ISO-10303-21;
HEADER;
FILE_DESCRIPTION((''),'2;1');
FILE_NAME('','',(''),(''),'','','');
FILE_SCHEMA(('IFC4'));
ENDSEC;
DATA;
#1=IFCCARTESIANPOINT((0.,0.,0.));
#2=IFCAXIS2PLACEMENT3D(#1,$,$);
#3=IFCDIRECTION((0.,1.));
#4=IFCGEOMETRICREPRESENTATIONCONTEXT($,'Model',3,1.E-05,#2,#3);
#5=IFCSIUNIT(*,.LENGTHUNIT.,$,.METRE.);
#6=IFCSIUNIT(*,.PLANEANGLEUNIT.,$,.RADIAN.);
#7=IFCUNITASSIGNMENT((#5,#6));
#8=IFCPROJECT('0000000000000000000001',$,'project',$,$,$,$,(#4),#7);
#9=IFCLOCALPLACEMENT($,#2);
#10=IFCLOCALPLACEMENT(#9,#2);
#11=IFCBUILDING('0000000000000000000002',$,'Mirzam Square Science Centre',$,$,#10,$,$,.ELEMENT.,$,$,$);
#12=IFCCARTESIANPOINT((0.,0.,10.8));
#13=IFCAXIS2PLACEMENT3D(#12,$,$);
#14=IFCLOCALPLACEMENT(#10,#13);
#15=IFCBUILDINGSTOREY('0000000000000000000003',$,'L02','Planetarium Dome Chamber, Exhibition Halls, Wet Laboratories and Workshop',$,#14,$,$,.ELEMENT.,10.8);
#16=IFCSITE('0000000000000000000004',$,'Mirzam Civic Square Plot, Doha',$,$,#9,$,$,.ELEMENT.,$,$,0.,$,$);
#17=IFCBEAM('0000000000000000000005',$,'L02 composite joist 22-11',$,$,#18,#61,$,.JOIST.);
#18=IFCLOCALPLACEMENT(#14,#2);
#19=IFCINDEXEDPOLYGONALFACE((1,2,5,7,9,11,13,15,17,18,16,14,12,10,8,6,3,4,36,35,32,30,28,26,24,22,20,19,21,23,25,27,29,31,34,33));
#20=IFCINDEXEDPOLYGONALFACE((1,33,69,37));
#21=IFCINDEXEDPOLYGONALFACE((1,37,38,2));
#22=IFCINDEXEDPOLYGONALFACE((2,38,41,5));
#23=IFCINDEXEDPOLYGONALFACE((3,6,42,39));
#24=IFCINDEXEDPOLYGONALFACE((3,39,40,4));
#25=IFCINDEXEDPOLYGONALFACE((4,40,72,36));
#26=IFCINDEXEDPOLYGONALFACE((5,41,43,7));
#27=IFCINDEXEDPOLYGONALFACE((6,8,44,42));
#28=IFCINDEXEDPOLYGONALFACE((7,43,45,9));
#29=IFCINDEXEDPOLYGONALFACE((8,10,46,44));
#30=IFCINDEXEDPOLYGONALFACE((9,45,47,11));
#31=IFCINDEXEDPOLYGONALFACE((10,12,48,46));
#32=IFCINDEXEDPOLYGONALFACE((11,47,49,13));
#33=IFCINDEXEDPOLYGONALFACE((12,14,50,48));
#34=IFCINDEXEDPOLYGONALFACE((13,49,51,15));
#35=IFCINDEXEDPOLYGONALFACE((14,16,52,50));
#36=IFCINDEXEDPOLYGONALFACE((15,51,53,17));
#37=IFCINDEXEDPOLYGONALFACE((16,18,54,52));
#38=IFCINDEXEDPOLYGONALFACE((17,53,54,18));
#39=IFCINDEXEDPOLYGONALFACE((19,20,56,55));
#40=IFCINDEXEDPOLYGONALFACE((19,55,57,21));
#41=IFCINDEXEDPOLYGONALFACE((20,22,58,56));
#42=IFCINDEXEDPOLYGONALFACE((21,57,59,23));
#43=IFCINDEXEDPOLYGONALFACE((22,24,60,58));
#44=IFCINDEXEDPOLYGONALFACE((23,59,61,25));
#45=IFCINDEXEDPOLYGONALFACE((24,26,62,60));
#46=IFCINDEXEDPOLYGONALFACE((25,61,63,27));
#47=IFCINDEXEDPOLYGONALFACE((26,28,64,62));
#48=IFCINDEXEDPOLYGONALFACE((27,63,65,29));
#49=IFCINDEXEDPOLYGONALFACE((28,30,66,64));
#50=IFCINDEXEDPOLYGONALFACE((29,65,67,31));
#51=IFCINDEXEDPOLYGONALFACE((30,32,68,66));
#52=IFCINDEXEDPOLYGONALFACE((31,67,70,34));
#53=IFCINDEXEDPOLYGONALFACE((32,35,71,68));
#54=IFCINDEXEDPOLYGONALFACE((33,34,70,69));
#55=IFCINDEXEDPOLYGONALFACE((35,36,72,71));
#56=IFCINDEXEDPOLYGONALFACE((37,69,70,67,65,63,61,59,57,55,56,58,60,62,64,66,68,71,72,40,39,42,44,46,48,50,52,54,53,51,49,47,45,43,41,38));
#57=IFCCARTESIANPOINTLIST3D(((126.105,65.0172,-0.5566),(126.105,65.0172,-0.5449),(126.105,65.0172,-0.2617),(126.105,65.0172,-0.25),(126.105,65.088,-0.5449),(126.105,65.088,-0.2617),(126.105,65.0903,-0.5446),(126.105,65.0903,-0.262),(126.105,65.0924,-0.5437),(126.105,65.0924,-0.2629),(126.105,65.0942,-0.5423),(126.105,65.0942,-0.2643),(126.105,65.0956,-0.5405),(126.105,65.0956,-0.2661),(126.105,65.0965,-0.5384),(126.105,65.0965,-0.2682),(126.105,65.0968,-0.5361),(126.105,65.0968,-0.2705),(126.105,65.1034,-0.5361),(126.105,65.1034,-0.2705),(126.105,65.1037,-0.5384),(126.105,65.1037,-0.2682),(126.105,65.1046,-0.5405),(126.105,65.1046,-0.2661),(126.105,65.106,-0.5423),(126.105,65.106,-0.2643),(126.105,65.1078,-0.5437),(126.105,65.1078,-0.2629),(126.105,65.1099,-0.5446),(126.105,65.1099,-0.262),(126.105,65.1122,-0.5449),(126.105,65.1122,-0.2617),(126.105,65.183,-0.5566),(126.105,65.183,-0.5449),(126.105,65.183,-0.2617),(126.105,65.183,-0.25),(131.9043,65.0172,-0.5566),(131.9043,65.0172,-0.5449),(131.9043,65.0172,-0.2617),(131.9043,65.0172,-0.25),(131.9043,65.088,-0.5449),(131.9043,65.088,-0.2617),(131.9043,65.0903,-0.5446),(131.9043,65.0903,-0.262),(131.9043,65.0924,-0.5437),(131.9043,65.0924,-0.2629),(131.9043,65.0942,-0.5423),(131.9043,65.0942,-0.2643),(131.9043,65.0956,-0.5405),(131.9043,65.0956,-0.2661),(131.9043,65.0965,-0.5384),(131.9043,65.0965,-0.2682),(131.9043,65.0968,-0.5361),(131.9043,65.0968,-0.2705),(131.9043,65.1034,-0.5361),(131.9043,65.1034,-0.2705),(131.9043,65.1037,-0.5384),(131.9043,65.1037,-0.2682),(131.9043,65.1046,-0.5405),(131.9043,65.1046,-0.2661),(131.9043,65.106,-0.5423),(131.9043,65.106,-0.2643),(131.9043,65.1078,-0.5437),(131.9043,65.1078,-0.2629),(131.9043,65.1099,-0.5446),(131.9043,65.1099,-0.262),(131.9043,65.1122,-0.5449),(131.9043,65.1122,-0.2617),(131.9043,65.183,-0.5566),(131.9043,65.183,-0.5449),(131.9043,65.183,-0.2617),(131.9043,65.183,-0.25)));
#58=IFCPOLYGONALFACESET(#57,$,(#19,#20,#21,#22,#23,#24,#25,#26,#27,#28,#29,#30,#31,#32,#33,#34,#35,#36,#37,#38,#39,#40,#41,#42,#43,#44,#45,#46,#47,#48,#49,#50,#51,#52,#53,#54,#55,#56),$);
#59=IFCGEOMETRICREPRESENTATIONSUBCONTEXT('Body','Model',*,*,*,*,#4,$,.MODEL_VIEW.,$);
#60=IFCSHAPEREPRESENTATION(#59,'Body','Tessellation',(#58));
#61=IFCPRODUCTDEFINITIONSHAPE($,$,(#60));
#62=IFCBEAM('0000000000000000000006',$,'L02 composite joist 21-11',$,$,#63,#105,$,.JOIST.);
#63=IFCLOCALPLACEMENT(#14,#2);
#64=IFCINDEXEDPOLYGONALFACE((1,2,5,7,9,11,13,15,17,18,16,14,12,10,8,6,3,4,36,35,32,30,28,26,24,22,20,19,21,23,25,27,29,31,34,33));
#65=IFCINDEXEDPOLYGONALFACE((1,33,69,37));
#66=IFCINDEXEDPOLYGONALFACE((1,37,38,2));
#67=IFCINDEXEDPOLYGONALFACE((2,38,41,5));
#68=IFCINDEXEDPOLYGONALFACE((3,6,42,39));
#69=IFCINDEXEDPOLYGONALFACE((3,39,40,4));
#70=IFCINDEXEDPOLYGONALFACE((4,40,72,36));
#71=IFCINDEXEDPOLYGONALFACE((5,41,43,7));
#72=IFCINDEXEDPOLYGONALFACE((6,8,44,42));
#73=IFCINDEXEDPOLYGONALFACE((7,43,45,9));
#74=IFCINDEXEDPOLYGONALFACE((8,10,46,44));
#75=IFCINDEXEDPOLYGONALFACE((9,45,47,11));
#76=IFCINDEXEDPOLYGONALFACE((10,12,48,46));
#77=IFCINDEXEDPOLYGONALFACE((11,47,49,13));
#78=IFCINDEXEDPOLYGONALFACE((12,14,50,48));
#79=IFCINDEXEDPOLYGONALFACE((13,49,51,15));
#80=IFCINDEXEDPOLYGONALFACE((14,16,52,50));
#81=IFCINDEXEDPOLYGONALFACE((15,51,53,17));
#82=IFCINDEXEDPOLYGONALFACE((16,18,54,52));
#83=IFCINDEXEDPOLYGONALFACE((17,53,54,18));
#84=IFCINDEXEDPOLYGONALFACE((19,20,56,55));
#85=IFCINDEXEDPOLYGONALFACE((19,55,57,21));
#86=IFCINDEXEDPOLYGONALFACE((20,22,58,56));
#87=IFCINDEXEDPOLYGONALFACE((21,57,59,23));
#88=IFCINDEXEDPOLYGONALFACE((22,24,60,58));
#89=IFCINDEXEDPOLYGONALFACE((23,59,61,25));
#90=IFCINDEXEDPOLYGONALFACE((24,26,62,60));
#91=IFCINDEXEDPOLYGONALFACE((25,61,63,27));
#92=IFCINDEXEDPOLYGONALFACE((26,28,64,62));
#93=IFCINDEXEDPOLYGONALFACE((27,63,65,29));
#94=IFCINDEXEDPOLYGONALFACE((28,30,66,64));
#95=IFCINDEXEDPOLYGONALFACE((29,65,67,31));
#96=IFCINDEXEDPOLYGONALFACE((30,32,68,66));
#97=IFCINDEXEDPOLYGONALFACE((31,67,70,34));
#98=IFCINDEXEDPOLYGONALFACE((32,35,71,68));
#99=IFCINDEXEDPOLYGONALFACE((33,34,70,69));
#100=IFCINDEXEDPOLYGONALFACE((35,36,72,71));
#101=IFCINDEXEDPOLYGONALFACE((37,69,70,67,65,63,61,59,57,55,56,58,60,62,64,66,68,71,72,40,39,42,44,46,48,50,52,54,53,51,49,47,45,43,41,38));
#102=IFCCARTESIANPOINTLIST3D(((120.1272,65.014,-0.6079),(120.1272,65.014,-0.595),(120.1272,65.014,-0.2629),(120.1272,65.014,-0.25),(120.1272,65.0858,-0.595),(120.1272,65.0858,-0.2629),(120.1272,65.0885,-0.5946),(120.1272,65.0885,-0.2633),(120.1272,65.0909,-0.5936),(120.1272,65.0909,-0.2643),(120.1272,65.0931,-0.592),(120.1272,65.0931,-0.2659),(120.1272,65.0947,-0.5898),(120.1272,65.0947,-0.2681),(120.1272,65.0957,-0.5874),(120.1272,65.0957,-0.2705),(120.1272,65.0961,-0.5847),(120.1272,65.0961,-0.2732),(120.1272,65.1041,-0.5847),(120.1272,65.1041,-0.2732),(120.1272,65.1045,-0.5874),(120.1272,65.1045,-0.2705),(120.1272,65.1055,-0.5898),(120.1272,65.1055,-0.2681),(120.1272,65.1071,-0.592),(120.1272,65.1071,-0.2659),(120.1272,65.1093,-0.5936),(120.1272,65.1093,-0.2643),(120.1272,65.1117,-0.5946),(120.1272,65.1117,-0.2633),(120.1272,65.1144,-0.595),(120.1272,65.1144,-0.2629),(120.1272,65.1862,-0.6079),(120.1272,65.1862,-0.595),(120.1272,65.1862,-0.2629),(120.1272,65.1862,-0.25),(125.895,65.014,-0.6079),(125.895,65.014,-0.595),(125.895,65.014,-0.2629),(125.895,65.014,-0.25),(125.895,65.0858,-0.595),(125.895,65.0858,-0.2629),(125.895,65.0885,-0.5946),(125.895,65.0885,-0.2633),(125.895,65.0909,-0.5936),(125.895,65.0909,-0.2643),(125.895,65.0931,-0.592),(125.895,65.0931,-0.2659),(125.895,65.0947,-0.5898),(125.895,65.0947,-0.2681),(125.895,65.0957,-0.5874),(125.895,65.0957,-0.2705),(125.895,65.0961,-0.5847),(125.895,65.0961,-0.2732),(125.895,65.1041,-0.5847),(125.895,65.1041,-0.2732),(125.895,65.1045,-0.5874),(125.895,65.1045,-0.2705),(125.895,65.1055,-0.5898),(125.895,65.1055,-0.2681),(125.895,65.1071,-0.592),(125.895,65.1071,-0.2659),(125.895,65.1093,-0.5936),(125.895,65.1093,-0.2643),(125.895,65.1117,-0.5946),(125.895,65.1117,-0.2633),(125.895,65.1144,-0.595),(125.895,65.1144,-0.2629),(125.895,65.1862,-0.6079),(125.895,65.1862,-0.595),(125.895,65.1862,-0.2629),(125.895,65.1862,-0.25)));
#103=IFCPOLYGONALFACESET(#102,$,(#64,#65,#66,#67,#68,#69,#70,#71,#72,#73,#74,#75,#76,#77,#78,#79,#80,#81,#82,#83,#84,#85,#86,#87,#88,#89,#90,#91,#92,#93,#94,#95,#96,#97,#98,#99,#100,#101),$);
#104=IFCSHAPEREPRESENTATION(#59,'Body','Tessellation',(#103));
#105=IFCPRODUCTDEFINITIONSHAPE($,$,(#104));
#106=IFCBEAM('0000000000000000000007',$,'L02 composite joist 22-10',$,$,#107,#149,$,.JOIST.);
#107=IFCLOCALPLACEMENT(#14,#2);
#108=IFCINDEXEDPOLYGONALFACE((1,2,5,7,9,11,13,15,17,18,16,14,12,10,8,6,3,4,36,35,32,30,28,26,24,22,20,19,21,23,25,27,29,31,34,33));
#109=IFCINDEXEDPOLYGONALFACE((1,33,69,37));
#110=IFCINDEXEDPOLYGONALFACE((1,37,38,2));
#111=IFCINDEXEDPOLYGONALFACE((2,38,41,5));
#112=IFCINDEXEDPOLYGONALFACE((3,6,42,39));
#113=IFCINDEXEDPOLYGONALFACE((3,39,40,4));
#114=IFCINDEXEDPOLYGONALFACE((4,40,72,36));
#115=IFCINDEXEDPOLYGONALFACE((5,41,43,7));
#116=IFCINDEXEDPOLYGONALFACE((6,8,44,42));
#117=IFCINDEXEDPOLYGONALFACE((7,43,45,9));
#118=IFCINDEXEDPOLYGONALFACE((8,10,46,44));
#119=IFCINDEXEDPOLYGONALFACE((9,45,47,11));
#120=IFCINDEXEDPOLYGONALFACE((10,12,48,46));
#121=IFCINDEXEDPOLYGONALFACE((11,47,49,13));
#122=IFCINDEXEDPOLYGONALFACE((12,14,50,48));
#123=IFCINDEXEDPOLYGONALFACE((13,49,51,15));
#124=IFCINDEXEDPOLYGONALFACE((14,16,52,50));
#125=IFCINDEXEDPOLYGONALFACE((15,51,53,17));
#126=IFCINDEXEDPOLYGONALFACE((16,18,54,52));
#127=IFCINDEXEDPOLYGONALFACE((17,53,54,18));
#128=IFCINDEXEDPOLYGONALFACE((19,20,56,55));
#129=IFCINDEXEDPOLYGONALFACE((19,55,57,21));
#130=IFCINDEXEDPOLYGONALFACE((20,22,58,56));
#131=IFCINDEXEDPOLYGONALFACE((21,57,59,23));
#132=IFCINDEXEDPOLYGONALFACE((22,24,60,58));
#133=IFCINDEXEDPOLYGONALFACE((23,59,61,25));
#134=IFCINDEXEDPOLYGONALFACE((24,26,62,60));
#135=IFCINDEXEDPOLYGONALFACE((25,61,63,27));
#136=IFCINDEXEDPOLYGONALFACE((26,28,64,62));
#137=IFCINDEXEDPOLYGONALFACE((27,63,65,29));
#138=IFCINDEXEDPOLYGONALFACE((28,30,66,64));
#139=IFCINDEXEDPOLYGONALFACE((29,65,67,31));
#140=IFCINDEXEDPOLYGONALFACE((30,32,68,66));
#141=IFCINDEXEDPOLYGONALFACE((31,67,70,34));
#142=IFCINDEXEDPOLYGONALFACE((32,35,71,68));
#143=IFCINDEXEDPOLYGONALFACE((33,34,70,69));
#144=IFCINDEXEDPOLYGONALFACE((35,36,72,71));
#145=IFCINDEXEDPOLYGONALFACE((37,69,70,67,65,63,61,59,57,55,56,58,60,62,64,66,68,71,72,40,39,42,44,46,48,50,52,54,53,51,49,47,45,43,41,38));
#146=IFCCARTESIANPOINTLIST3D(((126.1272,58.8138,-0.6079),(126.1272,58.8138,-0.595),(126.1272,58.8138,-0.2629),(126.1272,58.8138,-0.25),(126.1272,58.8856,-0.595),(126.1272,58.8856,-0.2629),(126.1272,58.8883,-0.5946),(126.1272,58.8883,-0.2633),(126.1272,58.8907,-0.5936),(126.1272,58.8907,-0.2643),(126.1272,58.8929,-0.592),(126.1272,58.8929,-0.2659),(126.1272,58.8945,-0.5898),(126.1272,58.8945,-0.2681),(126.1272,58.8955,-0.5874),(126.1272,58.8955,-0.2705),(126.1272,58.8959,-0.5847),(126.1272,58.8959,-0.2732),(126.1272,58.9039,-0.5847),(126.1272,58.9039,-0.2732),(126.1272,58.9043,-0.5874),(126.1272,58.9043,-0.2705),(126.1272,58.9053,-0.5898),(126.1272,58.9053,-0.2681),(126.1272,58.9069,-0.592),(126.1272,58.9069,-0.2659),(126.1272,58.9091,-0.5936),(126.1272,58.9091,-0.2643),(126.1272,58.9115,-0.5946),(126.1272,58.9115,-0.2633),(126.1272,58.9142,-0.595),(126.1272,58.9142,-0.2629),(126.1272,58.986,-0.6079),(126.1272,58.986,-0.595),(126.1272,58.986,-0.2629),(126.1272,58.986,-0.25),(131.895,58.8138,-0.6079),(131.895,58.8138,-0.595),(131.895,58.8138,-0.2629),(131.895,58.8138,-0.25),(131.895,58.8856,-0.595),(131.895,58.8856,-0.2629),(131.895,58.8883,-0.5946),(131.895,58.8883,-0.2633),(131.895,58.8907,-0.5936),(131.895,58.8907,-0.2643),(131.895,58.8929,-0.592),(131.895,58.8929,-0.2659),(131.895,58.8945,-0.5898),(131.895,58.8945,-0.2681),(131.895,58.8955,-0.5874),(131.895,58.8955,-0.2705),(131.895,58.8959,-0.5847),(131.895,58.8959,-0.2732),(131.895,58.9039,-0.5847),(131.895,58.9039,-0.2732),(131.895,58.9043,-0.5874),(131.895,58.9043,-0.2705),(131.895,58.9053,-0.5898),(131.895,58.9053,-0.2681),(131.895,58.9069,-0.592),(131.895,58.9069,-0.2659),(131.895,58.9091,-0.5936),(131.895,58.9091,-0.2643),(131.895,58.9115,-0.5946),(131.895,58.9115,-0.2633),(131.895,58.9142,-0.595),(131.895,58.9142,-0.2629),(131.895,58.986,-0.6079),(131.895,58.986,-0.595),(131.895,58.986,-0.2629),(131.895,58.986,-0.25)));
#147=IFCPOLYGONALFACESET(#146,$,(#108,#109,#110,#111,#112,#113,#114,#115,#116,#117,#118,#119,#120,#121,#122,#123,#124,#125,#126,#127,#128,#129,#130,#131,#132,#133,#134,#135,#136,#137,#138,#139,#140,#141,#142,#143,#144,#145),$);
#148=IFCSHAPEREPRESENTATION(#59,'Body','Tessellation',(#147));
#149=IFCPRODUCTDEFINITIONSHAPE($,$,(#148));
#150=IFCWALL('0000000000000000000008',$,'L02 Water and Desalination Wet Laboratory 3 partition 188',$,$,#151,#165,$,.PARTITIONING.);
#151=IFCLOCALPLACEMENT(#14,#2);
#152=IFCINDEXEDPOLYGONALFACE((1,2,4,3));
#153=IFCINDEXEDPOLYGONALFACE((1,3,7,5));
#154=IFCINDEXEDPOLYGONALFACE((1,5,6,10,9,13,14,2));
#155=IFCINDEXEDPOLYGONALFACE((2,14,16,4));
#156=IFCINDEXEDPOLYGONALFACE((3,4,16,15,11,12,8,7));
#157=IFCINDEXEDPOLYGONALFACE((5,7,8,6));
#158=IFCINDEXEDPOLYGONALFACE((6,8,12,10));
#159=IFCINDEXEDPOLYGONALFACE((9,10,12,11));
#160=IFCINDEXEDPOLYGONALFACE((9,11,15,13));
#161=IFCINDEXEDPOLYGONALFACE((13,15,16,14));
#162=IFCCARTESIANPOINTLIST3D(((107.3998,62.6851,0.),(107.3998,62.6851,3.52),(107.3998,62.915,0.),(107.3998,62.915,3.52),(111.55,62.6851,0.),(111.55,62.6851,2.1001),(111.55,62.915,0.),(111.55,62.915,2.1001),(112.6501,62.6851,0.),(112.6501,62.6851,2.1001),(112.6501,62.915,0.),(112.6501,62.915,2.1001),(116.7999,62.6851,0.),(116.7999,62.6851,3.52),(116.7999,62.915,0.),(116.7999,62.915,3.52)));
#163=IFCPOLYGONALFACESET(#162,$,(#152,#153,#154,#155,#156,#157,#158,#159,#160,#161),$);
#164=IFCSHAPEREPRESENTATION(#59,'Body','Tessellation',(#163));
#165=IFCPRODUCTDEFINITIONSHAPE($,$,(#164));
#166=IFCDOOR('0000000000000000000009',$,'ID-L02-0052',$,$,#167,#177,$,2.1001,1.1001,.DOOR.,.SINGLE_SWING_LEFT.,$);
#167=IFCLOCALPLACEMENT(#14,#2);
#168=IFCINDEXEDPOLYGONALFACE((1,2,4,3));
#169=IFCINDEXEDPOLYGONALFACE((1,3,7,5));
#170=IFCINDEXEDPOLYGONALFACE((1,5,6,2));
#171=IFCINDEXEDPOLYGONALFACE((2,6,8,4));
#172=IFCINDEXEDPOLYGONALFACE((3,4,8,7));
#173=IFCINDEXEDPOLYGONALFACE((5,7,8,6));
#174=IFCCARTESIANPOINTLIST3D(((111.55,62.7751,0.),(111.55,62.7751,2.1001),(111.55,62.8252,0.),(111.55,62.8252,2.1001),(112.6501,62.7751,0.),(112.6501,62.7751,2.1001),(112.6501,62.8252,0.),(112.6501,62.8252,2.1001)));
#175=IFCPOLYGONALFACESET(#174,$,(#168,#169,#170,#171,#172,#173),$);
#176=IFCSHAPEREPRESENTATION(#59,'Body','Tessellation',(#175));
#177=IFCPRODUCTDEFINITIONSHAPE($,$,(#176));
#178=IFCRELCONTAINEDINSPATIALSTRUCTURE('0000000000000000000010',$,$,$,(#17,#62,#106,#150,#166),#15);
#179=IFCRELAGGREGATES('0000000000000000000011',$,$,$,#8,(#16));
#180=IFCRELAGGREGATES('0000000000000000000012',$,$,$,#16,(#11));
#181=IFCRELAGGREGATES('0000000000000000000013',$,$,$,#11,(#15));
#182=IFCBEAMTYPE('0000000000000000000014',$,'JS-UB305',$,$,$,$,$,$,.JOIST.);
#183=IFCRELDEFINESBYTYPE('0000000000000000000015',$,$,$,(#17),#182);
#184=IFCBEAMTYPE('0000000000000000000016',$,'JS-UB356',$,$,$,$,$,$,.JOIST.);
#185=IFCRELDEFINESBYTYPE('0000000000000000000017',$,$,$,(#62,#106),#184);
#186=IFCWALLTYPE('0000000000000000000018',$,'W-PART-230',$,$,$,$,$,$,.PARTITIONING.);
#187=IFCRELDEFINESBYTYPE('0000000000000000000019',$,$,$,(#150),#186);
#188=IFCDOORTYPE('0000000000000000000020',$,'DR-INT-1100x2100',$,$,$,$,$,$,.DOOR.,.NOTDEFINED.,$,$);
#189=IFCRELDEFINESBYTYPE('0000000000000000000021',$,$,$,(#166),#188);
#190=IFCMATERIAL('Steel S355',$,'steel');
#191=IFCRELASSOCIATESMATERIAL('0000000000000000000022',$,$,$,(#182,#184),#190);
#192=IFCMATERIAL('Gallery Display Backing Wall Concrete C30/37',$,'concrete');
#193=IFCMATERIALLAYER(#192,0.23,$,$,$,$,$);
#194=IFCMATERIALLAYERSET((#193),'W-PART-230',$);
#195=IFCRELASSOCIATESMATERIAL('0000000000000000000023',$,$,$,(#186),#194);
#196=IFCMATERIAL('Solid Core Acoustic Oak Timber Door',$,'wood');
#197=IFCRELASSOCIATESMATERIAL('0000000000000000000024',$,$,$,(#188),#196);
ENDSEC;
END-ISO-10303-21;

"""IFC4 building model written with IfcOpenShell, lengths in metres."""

from ifc_helpers import new_model, si_unit, direction, frame, frame_2d, origin, origin_2d, place, context, subcontext, project, spatial, rectangle, i_section, extrude, material, layer, layer_set, material_profile, profile_set, type_object, element, fill, save


model = new_model("IFC4")

# Units and contexts
model_context = context("Model", 3, precision=1e-05, world=origin(), true_north=direction((0.0, 1.0)))
body_context = subcontext(model_context, "Body", "Model", "MODEL_VIEW")
ifc_project = project(units=[si_unit("LENGTHUNIT", "METRE"), si_unit("PLANEANGLEUNIT", "RADIAN")], contexts=[model_context])

# Site, building, storey
site_placement = place(None, origin())
site = spatial("IfcSite", under=ifc_project, at=site_placement, Name="Mirzam Civic Square Plot, Doha", CompositionType="ELEMENT", RefElevation=0.0)
building_placement = place(site_placement, origin())
building = spatial("IfcBuilding", under=site, at=building_placement, Name="Mirzam Square Science Centre", CompositionType="ELEMENT")
storey_placement = place(building_placement, frame((0.0, 0.0, 10.8)))
storey = spatial("IfcBuildingStorey", under=building, at=storey_placement, Name="L02", Description="Planetarium Dome Chamber, Exhibition Halls, Wet Laboratories and Workshop", CompositionType="ELEMENT", Elevation=10.8)

# Shared definitions
ifc_material_1 = material(Name="Steel S355", Category="steel")

# Beams
ifc_material_profile_1 = material_profile(ifc_material_1, i_section(OverallWidth=0.1658, OverallDepth=0.3066, WebThickness=0.0066, FlangeThickness=0.0117, FilletRadius=0.0088, at=origin_2d()), Name="305x165x46UB")
ifc_profile_set_1 = profile_set([ifc_material_profile_1], Name="Steel S355")
beam_type_1 = type_object("IfcBeamType", Name="JS-UB305", PredefinedType="JOIST", material=ifc_profile_set_1)
for number, where, z_axis, x_axis, name in (
    (1, (126.105, 65.1001, -0.4033), (1.0, 0.0, 0.0), (0.0, 1.0, 0.0), "L02 composite joist 22-11"),
):
    element("IfcBeam", number, at=place(storey_placement, frame(where, z_axis=z_axis, x_axis=x_axis)), inside=storey, type_object=beam_type_1, Name=name, PredefinedType="JOIST", context=body_context, shape_type="SweptSolid", body=[
        extrude(i_section(OverallWidth=0.1658, OverallDepth=0.3066, WebThickness=0.0066, FlangeThickness=0.0117, FilletRadius=0.0088, at=origin_2d()), origin(), (0.0, 0.0, 1.0), 5.7993),
    ])
ifc_material_profile_2 = material_profile(ifc_material_1, i_section(OverallWidth=0.1721, OverallDepth=0.3579, WebThickness=0.0081, FlangeThickness=0.0129, FilletRadius=0.0103, at=origin_2d()), Name="356x171x57UB")
ifc_profile_set_2 = profile_set([ifc_material_profile_2], Name="Steel S355")
beam_type_2 = type_object("IfcBeamType", Name="JS-UB356", PredefinedType="JOIST", material=ifc_profile_set_2)
for number, where, z_axis, x_axis, name in (
    (2, (120.1272, 65.1001, -0.429), (1.0, 0.0, 0.0), (0.0, 1.0, 0.0), "L02 composite joist 21-11"),
    (3, (126.1272, 58.8999, -0.429), (1.0, 0.0, 0.0), (0.0, 1.0, 0.0), "L02 composite joist 22-10"),
):
    element("IfcBeam", number, at=place(storey_placement, frame(where, z_axis=z_axis, x_axis=x_axis)), inside=storey, type_object=beam_type_2, Name=name, PredefinedType="JOIST", context=body_context, shape_type="SweptSolid", body=[
        extrude(i_section(OverallWidth=0.1721, OverallDepth=0.3579, WebThickness=0.0081, FlangeThickness=0.0129, FilletRadius=0.0103, at=origin_2d()), origin(), (0.0, 0.0, 1.0), 5.7678),
    ])

# Wall, opening, door
ifc_material_2 = material(Name="Gallery Display Backing Wall Concrete C30/37", Category="concrete")
ifc_layer = layer(ifc_material_2, 0.23)
ifc_layer_set = layer_set([ifc_layer], Name="W-PART-230")
wall_type = type_object("IfcWallType", Name="W-PART-230", PredefinedType="PARTITIONING", material=ifc_layer_set)
wall_placement = place(storey_placement, frame((116.8, 62.8, 0.0), z_axis=(0.0, 0.0, 1.0), x_axis=(-1.0, 0.0, 0.0)))
wall = element("IfcWall", 4, at=wall_placement, inside=storey, type_object=wall_type, Name="L02 Water and Desalination Wet Laboratory 3 partition 188", PredefinedType="PARTITIONING", context=body_context, shape_type="SweptSolid", body=[
    extrude(rectangle(XDim=9.4001, YDim=0.23, at=frame_2d((4.7002, 0.0))), origin(), (0.0, 0.0, 1.0), 3.52),
])
opening_placement = place(wall_placement, frame((4.1499, 0.0, 0.0)))
opening = element("IfcOpeningElement", 5, at=opening_placement, cuts=wall, PredefinedType="OPENING", context=body_context, shape_type="SweptSolid", body=[
    extrude(rectangle(XDim=1.1001, YDim=2.1001, at=frame_2d((0.55, 1.05))), frame((0.0, 0.125, 0.0), z_axis=(0.0, -1.0, 0.0), x_axis=(1.0, 0.0, 0.0)), (0.0, 0.0, 1.0), 0.25),
])
ifc_material_3 = material(Name="Solid Core Acoustic Oak Timber Door", Category="wood")
door_type = type_object("IfcDoorType", Name="DR-INT-1100x2100", OperationType="NOTDEFINED", PredefinedType="DOOR", material=ifc_material_3)
door_placement = place(opening_placement, origin())
door = element("IfcDoor", 6, at=door_placement, inside=storey, type_object=door_type, Name="ID-L02-0052", OperationType="SINGLE_SWING_LEFT", OverallHeight=2.1001, OverallWidth=1.1001, PredefinedType="DOOR", context=body_context, shape_type="SweptSolid", body=[
    extrude(rectangle(XDim=1.1001, YDim=2.1001, at=frame_2d((0.55, 1.05))), frame((0.0, 0.0249, 0.0), z_axis=(0.0, -1.0, 0.0), x_axis=(1.0, 0.0, 0.0)), (0.0, 0.0, 1.0), 0.05),
])
fill(opening, door)

save(model, "model.ifc")
